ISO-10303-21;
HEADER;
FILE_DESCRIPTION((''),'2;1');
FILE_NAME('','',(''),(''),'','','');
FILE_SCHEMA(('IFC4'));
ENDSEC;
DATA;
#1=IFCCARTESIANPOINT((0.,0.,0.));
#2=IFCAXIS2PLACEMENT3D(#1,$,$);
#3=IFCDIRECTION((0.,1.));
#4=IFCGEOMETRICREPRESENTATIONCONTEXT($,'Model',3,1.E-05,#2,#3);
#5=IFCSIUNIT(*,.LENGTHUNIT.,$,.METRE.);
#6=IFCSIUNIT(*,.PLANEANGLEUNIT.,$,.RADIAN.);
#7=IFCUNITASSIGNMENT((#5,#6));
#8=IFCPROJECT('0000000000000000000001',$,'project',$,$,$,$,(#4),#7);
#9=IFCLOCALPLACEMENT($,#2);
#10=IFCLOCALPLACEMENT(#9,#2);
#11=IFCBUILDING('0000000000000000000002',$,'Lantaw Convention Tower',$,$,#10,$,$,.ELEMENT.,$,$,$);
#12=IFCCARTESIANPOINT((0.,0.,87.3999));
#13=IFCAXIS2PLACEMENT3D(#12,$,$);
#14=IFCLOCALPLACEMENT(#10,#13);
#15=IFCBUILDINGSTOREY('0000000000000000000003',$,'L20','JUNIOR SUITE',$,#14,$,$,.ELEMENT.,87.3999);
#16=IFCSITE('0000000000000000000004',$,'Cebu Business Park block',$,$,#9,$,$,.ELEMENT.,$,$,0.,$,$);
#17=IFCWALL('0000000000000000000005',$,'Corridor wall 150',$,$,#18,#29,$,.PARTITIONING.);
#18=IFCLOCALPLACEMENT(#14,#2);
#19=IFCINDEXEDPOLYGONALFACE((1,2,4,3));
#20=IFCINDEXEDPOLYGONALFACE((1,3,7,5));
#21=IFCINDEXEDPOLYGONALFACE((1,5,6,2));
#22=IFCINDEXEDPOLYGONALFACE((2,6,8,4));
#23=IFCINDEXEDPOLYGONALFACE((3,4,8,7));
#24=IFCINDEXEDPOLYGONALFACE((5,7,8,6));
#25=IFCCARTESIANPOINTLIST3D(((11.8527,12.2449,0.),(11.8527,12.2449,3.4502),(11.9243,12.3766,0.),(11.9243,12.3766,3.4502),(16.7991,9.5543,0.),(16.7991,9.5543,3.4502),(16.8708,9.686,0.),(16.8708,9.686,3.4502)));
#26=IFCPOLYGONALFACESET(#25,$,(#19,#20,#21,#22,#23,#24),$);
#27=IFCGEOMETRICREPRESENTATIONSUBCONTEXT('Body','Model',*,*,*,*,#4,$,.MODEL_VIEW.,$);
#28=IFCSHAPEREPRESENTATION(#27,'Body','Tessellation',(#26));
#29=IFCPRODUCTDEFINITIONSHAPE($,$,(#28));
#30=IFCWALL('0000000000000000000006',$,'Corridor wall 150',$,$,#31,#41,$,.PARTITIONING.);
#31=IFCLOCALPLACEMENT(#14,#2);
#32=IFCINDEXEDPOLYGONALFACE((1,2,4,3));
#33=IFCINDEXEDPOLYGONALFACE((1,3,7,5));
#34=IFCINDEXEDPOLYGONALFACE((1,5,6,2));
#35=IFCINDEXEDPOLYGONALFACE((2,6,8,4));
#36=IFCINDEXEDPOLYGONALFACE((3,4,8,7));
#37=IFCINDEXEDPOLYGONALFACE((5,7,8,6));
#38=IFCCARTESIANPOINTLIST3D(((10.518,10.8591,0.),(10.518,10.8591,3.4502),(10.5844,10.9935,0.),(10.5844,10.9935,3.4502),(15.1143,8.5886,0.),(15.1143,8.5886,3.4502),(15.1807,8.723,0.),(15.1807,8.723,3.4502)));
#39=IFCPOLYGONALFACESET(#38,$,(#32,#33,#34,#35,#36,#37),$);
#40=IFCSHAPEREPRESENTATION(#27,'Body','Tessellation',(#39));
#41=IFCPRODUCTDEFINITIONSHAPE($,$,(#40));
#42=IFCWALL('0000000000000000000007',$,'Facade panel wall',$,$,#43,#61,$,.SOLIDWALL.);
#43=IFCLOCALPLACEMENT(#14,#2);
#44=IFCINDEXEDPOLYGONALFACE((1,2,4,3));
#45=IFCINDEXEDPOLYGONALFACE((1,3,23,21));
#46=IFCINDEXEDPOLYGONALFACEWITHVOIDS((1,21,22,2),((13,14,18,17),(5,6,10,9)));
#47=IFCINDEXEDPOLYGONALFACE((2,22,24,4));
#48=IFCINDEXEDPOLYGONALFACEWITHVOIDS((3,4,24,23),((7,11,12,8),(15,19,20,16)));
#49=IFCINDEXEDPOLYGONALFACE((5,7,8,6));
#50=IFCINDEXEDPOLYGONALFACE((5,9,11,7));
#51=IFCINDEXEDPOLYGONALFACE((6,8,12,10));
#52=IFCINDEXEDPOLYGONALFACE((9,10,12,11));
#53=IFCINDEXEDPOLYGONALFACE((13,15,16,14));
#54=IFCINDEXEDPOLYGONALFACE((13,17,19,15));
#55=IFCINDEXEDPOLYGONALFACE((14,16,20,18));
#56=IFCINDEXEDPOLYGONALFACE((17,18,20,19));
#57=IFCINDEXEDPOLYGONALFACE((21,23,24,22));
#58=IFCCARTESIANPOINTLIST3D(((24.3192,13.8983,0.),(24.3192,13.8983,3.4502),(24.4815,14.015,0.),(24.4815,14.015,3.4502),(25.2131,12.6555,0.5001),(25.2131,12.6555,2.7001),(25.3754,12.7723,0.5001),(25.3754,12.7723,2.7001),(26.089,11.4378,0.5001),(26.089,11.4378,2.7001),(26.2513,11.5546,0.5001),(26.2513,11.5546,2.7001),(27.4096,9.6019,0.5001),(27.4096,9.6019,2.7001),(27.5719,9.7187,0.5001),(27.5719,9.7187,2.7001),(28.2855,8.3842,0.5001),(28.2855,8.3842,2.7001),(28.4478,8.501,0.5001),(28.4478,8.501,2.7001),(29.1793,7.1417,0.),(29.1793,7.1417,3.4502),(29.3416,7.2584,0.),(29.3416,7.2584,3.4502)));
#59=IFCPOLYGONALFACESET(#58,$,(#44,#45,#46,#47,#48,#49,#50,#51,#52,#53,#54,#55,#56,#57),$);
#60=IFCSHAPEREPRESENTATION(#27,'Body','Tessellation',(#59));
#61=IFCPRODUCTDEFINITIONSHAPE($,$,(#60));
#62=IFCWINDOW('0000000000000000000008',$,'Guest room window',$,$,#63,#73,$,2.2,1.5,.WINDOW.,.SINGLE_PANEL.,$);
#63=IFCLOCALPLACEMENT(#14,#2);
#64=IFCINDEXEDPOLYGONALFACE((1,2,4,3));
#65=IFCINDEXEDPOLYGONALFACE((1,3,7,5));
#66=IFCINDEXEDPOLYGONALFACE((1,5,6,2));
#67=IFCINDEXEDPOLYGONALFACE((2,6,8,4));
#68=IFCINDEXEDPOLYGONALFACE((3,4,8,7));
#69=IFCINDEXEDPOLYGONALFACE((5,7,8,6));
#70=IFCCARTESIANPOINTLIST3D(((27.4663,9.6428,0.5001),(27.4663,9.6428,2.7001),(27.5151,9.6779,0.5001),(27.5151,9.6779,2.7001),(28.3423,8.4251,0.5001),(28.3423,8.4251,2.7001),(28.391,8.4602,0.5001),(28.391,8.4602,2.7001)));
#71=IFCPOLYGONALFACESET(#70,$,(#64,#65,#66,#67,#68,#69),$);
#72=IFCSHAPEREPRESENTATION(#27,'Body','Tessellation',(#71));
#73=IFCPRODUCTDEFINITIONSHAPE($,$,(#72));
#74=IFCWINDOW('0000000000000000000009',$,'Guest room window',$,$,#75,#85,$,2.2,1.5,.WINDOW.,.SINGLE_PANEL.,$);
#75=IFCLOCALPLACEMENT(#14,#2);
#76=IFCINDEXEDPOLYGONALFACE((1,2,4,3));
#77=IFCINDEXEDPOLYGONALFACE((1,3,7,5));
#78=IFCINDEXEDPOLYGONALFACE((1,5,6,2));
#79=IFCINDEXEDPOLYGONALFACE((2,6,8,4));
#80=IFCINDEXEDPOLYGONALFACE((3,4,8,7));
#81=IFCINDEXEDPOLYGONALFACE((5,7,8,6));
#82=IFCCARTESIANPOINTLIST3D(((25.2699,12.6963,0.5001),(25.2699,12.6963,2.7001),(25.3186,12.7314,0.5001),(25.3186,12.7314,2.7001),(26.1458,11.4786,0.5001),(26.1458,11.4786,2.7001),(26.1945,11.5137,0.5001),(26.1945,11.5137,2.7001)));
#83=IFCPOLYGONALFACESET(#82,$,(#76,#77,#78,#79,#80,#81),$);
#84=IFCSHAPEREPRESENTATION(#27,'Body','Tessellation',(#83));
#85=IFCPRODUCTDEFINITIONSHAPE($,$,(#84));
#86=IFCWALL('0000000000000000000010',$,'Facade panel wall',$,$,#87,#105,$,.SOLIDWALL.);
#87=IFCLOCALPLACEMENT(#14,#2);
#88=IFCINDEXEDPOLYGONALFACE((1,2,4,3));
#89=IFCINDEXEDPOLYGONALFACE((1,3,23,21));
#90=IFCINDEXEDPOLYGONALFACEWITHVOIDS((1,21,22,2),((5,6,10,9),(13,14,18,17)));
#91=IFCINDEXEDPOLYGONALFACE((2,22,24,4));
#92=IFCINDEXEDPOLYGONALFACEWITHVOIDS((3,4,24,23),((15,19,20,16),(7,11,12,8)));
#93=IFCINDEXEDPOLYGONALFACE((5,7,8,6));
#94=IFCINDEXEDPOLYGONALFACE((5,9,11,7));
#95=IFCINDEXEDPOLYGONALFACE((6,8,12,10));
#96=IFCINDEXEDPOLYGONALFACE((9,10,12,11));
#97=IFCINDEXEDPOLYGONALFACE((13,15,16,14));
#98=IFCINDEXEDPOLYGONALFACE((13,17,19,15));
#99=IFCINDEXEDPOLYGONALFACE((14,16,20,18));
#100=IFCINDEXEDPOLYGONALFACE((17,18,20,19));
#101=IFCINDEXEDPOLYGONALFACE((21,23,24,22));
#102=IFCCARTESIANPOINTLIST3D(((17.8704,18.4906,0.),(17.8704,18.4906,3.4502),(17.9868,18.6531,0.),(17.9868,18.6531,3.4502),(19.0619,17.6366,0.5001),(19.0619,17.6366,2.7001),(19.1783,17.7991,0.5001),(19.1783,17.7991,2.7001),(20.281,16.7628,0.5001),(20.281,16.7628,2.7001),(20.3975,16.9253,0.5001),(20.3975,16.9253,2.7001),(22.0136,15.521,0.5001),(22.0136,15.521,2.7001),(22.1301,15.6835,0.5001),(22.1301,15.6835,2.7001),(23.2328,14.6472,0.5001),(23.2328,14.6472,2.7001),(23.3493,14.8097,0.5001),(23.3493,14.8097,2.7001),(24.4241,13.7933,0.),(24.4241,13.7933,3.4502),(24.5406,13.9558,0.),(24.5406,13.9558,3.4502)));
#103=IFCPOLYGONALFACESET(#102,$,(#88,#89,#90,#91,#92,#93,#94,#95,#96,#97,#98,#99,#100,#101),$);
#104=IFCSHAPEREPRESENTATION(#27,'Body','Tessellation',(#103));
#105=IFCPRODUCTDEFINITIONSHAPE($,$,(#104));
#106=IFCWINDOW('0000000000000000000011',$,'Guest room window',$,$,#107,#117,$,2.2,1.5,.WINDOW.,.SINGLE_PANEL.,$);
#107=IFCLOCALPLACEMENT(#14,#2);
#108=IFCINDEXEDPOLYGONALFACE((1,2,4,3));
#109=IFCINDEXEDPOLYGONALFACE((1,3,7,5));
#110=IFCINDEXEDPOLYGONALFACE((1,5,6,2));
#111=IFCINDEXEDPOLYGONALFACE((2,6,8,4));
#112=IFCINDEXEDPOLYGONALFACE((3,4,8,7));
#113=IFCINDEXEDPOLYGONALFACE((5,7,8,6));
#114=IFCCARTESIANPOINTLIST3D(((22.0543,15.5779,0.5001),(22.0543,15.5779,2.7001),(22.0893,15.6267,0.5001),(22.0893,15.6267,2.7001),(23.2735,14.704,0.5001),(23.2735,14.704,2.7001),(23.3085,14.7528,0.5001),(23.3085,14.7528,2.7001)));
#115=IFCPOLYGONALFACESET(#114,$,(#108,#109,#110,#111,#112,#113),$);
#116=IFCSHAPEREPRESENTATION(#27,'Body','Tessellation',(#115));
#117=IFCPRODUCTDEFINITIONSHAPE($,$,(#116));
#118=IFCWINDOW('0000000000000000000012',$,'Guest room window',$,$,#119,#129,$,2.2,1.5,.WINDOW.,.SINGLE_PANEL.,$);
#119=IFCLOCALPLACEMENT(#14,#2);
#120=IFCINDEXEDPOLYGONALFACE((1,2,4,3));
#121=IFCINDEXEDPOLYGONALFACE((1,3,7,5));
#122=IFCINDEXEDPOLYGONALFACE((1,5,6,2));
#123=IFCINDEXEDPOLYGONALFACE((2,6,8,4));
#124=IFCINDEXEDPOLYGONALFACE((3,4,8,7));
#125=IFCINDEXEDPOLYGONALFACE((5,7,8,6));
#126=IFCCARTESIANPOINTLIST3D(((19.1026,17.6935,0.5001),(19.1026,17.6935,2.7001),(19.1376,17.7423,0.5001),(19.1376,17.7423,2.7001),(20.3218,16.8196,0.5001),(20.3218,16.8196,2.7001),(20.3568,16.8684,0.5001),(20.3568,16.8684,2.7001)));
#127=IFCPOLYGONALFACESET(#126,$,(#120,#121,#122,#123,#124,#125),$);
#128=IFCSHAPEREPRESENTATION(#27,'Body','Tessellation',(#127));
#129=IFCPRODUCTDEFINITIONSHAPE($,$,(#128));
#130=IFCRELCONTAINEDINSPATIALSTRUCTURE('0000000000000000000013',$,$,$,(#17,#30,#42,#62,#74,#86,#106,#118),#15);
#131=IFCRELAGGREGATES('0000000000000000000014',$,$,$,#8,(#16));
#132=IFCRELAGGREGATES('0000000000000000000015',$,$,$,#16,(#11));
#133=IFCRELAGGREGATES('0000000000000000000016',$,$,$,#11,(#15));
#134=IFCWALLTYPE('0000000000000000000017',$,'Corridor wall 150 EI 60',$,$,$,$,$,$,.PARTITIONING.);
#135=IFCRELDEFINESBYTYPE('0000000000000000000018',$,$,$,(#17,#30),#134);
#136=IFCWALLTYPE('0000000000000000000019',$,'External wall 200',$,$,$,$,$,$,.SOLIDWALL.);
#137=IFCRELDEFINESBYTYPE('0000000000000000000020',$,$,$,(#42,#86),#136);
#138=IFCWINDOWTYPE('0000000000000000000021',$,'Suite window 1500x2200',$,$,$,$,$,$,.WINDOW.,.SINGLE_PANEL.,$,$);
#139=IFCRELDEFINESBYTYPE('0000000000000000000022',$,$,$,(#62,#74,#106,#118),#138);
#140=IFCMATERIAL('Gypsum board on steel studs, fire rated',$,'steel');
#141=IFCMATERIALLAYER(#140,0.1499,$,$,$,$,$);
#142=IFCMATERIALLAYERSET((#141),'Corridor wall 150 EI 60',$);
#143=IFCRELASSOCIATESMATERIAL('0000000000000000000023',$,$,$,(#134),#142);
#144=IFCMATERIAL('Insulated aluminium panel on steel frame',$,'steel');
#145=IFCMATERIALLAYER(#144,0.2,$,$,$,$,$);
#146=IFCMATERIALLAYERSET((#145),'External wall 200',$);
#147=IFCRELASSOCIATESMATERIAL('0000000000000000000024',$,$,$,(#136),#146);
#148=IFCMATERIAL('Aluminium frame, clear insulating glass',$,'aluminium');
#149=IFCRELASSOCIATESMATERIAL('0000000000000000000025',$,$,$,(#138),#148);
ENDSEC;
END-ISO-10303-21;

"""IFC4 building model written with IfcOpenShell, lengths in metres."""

from ifc_helpers import new_model, si_unit, direction, frame, frame_2d, origin, place, context, subcontext, project, spatial, rectangle, extrude, material, layer, layer_set, type_object, element, fill, save


model = new_model("IFC4")

# Units and contexts
model_context = context("Model", 3, precision=1e-05, world=origin(), true_north=direction((0.0, 1.0)))
body_context = subcontext(model_context, "Body", "Model", "MODEL_VIEW")
ifc_project = project(units=[si_unit("LENGTHUNIT", "METRE"), si_unit("PLANEANGLEUNIT", "RADIAN")], contexts=[model_context])

# Site, building, storey
site_placement = place(None, origin())
site = spatial("IfcSite", under=ifc_project, at=site_placement, Name="Cebu Business Park block", CompositionType="ELEMENT", RefElevation=0.0)
building_placement = place(site_placement, origin())
building = spatial("IfcBuilding", under=site, at=building_placement, Name="Lantaw Convention Tower", CompositionType="ELEMENT")
storey_placement = place(building_placement, frame((0.0, 0.0, 87.3999)))
storey = spatial("IfcBuildingStorey", under=building, at=storey_placement, Name="L20", Description="JUNIOR SUITE", CompositionType="ELEMENT", Elevation=87.3999)

# Walls
ifc_material_1 = material(Name="Gypsum board on steel studs, fire rated", Category="steel")
ifc_layer_1 = layer(ifc_material_1, 0.1499)
ifc_layer_set_1 = layer_set([ifc_layer_1], Name="Corridor wall 150 EI 60")
wall_type_1 = type_object("IfcWallType", Name="Corridor wall 150 EI 60", PredefinedType="PARTITIONING", material=ifc_layer_set_1)
wall_1_placement = place(storey_placement, frame((16.835, 9.6201, 0.0), z_axis=(0.0, 0.0, 1.0), x_axis=(-0.87845, 0.477834, 0.0)))
element("IfcWall", 1, at=wall_1_placement, inside=storey, type_object=wall_type_1, Name="Corridor wall 150", PredefinedType="PARTITIONING", context=body_context, shape_type="SweptSolid", body=[
    extrude(rectangle(XDim=5.6309, YDim=0.1499, at=frame_2d((2.8154, 0.0))), origin(), (0.0, 0.0, 1.0), 3.4502),
])
wall_2_placement = place(storey_placement, frame((15.1475, 8.6558, 0.0), z_axis=(0.0, 0.0, 1.0), x_axis=(-0.896569, 0.442903, 0.0)))
element("IfcWall", 2, at=wall_2_placement, inside=storey, type_object=wall_type_1, Name="Corridor wall 150", PredefinedType="PARTITIONING", context=body_context, shape_type="SweptSolid", body=[
    extrude(rectangle(XDim=5.1265, YDim=0.1499, at=frame_2d((2.5632, 0.0))), origin(), (0.0, 0.0, 1.0), 3.4502),
])

# Walls, openings, windows
ifc_material_2 = material(Name="Insulated aluminium panel on steel frame", Category="steel")
ifc_layer_2 = layer(ifc_material_2, 0.2)
ifc_layer_set_2 = layer_set([ifc_layer_2], Name="External wall 200")
wall_type_2 = type_object("IfcWallType", Name="External wall 200", PredefinedType="SOLIDWALL", material=ifc_layer_set_2)
wall_3_placement = place(storey_placement, frame((29.2605, 7.2, 0.0), z_axis=(0.0, 0.0, 1.0), x_axis=(-0.583938, 0.811799, 0.0)))
wall_3 = element("IfcWall", 3, at=wall_3_placement, inside=storey, type_object=wall_type_2, Name="Facade panel wall", PredefinedType="SOLIDWALL", context=body_context, shape_type="SweptSolid", body=[
    extrude(rectangle(XDim=8.323, YDim=0.2, at=frame_2d((4.1616, 0.0))), origin(), (0.0, 0.0, 1.0), 3.4502),
])
opening_1_placement = place(wall_3_placement, frame((1.5308, 0.0, 0.5)))
opening_1 = element("IfcOpeningElement", 4, at=opening_1_placement, cuts=wall_3, PredefinedType="OPENING", context=body_context, shape_type="SweptSolid", body=[
    extrude(rectangle(XDim=1.5, YDim=2.2, at=frame_2d((0.75, 1.1001))), frame((0.0, 0.1099, 0.0), z_axis=(0.0, -1.0, 0.0), x_axis=(1.0, 0.0, 0.0)), (0.0, 0.0, 1.0), 0.22),
])
opening_2_placement = place(wall_3_placement, frame((5.2922, 0.0, 0.5)))
opening_2 = element("IfcOpeningElement", 5, at=opening_2_placement, cuts=wall_3, PredefinedType="OPENING", context=body_context, shape_type="SweptSolid", body=[
    extrude(rectangle(XDim=1.5, YDim=2.2, at=frame_2d((0.75, 1.1001))), frame((0.0, 0.1099, 0.0), z_axis=(0.0, -1.0, 0.0), x_axis=(1.0, 0.0, 0.0)), (0.0, 0.0, 1.0), 0.22),
])
ifc_material_3 = material(Name="Aluminium frame, clear insulating glass", Category="aluminium")
window_type = type_object("IfcWindowType", Name="Suite window 1500x2200", PartitioningType="SINGLE_PANEL", PredefinedType="WINDOW", material=ifc_material_3)
window_1_placement = place(opening_1_placement, origin())
window_1 = element("IfcWindow", 6, at=window_1_placement, inside=storey, type_object=window_type, Name="Guest room window", OverallHeight=2.2, OverallWidth=1.5, PartitioningType="SINGLE_PANEL", PredefinedType="WINDOW", context=body_context, shape_type="SweptSolid", body=[
    extrude(rectangle(XDim=1.5, YDim=2.2, at=frame_2d((0.75, 1.1001))), frame((0.0, 0.03, 0.0), z_axis=(0.0, -1.0, 0.0), x_axis=(1.0, 0.0, 0.0)), (0.0, 0.0, 1.0), 0.0601),
])
fill(opening_1, window_1)
window_2_placement = place(opening_2_placement, origin())
window_2 = element("IfcWindow", 7, at=window_2_placement, inside=storey, type_object=window_type, Name="Guest room window", OverallHeight=2.2, OverallWidth=1.5, PartitioningType="SINGLE_PANEL", PredefinedType="WINDOW", context=body_context, shape_type="SweptSolid", body=[
    extrude(rectangle(XDim=1.5, YDim=2.2, at=frame_2d((0.75, 1.1001))), frame((0.0, 0.03, 0.0), z_axis=(0.0, -1.0, 0.0), x_axis=(1.0, 0.0, 0.0)), (0.0, 0.0, 1.0), 0.0601),
])
fill(opening_2, window_2)
wall_4_placement = place(storey_placement, frame((24.4824, 13.8745, 0.0), z_axis=(0.0, 0.0, 1.0), x_axis=(-0.812791, 0.582555, 0.0)))
wall_4 = element("IfcWall", 8, at=wall_4_placement, inside=storey, type_object=wall_type_2, Name="Facade panel wall", PredefinedType="SOLIDWALL", context=body_context, shape_type="SweptSolid", body=[
    extrude(rectangle(XDim=8.0632, YDim=0.2, at=frame_2d((4.0317, 0.0))), origin(), (0.0, 0.0, 1.0), 3.4502),
])
opening_3_placement = place(wall_4_placement, frame((1.4658, 0.0, 0.5)))
opening_3 = element("IfcOpeningElement", 9, at=opening_3_placement, cuts=wall_4, PredefinedType="OPENING", context=body_context, shape_type="SweptSolid", body=[
    extrude(rectangle(XDim=1.5, YDim=2.2, at=frame_2d((0.75, 1.1001))), frame((0.0, 0.1099, 0.0), z_axis=(0.0, -1.0, 0.0), x_axis=(1.0, 0.0, 0.0)), (0.0, 0.0, 1.0), 0.22),
])
opening_4_placement = place(wall_4_placement, frame((5.0974, 0.0, 0.5)))
opening_4 = element("IfcOpeningElement", 10, at=opening_4_placement, cuts=wall_4, PredefinedType="OPENING", context=body_context, shape_type="SweptSolid", body=[
    extrude(rectangle(XDim=1.5, YDim=2.2, at=frame_2d((0.75, 1.1001))), frame((0.0, 0.1099, 0.0), z_axis=(0.0, -1.0, 0.0), x_axis=(1.0, 0.0, 0.0)), (0.0, 0.0, 1.0), 0.22),
])
window_3_placement = place(opening_3_placement, origin())
window_3 = element("IfcWindow", 11, at=window_3_placement, inside=storey, type_object=window_type, Name="Guest room window", OverallHeight=2.2, OverallWidth=1.5, PartitioningType="SINGLE_PANEL", PredefinedType="WINDOW", context=body_context, shape_type="SweptSolid", body=[
    extrude(rectangle(XDim=1.5, YDim=2.2, at=frame_2d((0.75, 1.1001))), frame((0.0, 0.03, 0.0), z_axis=(0.0, -1.0, 0.0), x_axis=(1.0, 0.0, 0.0)), (0.0, 0.0, 1.0), 0.0601),
])
fill(opening_3, window_3)
window_4_placement = place(opening_4_placement, origin())
window_4 = element("IfcWindow", 12, at=window_4_placement, inside=storey, type_object=window_type, Name="Guest room window", OverallHeight=2.2, OverallWidth=1.5, PartitioningType="SINGLE_PANEL", PredefinedType="WINDOW", context=body_context, shape_type="SweptSolid", body=[
    extrude(rectangle(XDim=1.5, YDim=2.2, at=frame_2d((0.75, 1.1001))), frame((0.0, 0.03, 0.0), z_axis=(0.0, -1.0, 0.0), x_axis=(1.0, 0.0, 0.0)), (0.0, 0.0, 1.0), 0.0601),
])
fill(opening_4, window_4)

save(model, "model.ifc")
